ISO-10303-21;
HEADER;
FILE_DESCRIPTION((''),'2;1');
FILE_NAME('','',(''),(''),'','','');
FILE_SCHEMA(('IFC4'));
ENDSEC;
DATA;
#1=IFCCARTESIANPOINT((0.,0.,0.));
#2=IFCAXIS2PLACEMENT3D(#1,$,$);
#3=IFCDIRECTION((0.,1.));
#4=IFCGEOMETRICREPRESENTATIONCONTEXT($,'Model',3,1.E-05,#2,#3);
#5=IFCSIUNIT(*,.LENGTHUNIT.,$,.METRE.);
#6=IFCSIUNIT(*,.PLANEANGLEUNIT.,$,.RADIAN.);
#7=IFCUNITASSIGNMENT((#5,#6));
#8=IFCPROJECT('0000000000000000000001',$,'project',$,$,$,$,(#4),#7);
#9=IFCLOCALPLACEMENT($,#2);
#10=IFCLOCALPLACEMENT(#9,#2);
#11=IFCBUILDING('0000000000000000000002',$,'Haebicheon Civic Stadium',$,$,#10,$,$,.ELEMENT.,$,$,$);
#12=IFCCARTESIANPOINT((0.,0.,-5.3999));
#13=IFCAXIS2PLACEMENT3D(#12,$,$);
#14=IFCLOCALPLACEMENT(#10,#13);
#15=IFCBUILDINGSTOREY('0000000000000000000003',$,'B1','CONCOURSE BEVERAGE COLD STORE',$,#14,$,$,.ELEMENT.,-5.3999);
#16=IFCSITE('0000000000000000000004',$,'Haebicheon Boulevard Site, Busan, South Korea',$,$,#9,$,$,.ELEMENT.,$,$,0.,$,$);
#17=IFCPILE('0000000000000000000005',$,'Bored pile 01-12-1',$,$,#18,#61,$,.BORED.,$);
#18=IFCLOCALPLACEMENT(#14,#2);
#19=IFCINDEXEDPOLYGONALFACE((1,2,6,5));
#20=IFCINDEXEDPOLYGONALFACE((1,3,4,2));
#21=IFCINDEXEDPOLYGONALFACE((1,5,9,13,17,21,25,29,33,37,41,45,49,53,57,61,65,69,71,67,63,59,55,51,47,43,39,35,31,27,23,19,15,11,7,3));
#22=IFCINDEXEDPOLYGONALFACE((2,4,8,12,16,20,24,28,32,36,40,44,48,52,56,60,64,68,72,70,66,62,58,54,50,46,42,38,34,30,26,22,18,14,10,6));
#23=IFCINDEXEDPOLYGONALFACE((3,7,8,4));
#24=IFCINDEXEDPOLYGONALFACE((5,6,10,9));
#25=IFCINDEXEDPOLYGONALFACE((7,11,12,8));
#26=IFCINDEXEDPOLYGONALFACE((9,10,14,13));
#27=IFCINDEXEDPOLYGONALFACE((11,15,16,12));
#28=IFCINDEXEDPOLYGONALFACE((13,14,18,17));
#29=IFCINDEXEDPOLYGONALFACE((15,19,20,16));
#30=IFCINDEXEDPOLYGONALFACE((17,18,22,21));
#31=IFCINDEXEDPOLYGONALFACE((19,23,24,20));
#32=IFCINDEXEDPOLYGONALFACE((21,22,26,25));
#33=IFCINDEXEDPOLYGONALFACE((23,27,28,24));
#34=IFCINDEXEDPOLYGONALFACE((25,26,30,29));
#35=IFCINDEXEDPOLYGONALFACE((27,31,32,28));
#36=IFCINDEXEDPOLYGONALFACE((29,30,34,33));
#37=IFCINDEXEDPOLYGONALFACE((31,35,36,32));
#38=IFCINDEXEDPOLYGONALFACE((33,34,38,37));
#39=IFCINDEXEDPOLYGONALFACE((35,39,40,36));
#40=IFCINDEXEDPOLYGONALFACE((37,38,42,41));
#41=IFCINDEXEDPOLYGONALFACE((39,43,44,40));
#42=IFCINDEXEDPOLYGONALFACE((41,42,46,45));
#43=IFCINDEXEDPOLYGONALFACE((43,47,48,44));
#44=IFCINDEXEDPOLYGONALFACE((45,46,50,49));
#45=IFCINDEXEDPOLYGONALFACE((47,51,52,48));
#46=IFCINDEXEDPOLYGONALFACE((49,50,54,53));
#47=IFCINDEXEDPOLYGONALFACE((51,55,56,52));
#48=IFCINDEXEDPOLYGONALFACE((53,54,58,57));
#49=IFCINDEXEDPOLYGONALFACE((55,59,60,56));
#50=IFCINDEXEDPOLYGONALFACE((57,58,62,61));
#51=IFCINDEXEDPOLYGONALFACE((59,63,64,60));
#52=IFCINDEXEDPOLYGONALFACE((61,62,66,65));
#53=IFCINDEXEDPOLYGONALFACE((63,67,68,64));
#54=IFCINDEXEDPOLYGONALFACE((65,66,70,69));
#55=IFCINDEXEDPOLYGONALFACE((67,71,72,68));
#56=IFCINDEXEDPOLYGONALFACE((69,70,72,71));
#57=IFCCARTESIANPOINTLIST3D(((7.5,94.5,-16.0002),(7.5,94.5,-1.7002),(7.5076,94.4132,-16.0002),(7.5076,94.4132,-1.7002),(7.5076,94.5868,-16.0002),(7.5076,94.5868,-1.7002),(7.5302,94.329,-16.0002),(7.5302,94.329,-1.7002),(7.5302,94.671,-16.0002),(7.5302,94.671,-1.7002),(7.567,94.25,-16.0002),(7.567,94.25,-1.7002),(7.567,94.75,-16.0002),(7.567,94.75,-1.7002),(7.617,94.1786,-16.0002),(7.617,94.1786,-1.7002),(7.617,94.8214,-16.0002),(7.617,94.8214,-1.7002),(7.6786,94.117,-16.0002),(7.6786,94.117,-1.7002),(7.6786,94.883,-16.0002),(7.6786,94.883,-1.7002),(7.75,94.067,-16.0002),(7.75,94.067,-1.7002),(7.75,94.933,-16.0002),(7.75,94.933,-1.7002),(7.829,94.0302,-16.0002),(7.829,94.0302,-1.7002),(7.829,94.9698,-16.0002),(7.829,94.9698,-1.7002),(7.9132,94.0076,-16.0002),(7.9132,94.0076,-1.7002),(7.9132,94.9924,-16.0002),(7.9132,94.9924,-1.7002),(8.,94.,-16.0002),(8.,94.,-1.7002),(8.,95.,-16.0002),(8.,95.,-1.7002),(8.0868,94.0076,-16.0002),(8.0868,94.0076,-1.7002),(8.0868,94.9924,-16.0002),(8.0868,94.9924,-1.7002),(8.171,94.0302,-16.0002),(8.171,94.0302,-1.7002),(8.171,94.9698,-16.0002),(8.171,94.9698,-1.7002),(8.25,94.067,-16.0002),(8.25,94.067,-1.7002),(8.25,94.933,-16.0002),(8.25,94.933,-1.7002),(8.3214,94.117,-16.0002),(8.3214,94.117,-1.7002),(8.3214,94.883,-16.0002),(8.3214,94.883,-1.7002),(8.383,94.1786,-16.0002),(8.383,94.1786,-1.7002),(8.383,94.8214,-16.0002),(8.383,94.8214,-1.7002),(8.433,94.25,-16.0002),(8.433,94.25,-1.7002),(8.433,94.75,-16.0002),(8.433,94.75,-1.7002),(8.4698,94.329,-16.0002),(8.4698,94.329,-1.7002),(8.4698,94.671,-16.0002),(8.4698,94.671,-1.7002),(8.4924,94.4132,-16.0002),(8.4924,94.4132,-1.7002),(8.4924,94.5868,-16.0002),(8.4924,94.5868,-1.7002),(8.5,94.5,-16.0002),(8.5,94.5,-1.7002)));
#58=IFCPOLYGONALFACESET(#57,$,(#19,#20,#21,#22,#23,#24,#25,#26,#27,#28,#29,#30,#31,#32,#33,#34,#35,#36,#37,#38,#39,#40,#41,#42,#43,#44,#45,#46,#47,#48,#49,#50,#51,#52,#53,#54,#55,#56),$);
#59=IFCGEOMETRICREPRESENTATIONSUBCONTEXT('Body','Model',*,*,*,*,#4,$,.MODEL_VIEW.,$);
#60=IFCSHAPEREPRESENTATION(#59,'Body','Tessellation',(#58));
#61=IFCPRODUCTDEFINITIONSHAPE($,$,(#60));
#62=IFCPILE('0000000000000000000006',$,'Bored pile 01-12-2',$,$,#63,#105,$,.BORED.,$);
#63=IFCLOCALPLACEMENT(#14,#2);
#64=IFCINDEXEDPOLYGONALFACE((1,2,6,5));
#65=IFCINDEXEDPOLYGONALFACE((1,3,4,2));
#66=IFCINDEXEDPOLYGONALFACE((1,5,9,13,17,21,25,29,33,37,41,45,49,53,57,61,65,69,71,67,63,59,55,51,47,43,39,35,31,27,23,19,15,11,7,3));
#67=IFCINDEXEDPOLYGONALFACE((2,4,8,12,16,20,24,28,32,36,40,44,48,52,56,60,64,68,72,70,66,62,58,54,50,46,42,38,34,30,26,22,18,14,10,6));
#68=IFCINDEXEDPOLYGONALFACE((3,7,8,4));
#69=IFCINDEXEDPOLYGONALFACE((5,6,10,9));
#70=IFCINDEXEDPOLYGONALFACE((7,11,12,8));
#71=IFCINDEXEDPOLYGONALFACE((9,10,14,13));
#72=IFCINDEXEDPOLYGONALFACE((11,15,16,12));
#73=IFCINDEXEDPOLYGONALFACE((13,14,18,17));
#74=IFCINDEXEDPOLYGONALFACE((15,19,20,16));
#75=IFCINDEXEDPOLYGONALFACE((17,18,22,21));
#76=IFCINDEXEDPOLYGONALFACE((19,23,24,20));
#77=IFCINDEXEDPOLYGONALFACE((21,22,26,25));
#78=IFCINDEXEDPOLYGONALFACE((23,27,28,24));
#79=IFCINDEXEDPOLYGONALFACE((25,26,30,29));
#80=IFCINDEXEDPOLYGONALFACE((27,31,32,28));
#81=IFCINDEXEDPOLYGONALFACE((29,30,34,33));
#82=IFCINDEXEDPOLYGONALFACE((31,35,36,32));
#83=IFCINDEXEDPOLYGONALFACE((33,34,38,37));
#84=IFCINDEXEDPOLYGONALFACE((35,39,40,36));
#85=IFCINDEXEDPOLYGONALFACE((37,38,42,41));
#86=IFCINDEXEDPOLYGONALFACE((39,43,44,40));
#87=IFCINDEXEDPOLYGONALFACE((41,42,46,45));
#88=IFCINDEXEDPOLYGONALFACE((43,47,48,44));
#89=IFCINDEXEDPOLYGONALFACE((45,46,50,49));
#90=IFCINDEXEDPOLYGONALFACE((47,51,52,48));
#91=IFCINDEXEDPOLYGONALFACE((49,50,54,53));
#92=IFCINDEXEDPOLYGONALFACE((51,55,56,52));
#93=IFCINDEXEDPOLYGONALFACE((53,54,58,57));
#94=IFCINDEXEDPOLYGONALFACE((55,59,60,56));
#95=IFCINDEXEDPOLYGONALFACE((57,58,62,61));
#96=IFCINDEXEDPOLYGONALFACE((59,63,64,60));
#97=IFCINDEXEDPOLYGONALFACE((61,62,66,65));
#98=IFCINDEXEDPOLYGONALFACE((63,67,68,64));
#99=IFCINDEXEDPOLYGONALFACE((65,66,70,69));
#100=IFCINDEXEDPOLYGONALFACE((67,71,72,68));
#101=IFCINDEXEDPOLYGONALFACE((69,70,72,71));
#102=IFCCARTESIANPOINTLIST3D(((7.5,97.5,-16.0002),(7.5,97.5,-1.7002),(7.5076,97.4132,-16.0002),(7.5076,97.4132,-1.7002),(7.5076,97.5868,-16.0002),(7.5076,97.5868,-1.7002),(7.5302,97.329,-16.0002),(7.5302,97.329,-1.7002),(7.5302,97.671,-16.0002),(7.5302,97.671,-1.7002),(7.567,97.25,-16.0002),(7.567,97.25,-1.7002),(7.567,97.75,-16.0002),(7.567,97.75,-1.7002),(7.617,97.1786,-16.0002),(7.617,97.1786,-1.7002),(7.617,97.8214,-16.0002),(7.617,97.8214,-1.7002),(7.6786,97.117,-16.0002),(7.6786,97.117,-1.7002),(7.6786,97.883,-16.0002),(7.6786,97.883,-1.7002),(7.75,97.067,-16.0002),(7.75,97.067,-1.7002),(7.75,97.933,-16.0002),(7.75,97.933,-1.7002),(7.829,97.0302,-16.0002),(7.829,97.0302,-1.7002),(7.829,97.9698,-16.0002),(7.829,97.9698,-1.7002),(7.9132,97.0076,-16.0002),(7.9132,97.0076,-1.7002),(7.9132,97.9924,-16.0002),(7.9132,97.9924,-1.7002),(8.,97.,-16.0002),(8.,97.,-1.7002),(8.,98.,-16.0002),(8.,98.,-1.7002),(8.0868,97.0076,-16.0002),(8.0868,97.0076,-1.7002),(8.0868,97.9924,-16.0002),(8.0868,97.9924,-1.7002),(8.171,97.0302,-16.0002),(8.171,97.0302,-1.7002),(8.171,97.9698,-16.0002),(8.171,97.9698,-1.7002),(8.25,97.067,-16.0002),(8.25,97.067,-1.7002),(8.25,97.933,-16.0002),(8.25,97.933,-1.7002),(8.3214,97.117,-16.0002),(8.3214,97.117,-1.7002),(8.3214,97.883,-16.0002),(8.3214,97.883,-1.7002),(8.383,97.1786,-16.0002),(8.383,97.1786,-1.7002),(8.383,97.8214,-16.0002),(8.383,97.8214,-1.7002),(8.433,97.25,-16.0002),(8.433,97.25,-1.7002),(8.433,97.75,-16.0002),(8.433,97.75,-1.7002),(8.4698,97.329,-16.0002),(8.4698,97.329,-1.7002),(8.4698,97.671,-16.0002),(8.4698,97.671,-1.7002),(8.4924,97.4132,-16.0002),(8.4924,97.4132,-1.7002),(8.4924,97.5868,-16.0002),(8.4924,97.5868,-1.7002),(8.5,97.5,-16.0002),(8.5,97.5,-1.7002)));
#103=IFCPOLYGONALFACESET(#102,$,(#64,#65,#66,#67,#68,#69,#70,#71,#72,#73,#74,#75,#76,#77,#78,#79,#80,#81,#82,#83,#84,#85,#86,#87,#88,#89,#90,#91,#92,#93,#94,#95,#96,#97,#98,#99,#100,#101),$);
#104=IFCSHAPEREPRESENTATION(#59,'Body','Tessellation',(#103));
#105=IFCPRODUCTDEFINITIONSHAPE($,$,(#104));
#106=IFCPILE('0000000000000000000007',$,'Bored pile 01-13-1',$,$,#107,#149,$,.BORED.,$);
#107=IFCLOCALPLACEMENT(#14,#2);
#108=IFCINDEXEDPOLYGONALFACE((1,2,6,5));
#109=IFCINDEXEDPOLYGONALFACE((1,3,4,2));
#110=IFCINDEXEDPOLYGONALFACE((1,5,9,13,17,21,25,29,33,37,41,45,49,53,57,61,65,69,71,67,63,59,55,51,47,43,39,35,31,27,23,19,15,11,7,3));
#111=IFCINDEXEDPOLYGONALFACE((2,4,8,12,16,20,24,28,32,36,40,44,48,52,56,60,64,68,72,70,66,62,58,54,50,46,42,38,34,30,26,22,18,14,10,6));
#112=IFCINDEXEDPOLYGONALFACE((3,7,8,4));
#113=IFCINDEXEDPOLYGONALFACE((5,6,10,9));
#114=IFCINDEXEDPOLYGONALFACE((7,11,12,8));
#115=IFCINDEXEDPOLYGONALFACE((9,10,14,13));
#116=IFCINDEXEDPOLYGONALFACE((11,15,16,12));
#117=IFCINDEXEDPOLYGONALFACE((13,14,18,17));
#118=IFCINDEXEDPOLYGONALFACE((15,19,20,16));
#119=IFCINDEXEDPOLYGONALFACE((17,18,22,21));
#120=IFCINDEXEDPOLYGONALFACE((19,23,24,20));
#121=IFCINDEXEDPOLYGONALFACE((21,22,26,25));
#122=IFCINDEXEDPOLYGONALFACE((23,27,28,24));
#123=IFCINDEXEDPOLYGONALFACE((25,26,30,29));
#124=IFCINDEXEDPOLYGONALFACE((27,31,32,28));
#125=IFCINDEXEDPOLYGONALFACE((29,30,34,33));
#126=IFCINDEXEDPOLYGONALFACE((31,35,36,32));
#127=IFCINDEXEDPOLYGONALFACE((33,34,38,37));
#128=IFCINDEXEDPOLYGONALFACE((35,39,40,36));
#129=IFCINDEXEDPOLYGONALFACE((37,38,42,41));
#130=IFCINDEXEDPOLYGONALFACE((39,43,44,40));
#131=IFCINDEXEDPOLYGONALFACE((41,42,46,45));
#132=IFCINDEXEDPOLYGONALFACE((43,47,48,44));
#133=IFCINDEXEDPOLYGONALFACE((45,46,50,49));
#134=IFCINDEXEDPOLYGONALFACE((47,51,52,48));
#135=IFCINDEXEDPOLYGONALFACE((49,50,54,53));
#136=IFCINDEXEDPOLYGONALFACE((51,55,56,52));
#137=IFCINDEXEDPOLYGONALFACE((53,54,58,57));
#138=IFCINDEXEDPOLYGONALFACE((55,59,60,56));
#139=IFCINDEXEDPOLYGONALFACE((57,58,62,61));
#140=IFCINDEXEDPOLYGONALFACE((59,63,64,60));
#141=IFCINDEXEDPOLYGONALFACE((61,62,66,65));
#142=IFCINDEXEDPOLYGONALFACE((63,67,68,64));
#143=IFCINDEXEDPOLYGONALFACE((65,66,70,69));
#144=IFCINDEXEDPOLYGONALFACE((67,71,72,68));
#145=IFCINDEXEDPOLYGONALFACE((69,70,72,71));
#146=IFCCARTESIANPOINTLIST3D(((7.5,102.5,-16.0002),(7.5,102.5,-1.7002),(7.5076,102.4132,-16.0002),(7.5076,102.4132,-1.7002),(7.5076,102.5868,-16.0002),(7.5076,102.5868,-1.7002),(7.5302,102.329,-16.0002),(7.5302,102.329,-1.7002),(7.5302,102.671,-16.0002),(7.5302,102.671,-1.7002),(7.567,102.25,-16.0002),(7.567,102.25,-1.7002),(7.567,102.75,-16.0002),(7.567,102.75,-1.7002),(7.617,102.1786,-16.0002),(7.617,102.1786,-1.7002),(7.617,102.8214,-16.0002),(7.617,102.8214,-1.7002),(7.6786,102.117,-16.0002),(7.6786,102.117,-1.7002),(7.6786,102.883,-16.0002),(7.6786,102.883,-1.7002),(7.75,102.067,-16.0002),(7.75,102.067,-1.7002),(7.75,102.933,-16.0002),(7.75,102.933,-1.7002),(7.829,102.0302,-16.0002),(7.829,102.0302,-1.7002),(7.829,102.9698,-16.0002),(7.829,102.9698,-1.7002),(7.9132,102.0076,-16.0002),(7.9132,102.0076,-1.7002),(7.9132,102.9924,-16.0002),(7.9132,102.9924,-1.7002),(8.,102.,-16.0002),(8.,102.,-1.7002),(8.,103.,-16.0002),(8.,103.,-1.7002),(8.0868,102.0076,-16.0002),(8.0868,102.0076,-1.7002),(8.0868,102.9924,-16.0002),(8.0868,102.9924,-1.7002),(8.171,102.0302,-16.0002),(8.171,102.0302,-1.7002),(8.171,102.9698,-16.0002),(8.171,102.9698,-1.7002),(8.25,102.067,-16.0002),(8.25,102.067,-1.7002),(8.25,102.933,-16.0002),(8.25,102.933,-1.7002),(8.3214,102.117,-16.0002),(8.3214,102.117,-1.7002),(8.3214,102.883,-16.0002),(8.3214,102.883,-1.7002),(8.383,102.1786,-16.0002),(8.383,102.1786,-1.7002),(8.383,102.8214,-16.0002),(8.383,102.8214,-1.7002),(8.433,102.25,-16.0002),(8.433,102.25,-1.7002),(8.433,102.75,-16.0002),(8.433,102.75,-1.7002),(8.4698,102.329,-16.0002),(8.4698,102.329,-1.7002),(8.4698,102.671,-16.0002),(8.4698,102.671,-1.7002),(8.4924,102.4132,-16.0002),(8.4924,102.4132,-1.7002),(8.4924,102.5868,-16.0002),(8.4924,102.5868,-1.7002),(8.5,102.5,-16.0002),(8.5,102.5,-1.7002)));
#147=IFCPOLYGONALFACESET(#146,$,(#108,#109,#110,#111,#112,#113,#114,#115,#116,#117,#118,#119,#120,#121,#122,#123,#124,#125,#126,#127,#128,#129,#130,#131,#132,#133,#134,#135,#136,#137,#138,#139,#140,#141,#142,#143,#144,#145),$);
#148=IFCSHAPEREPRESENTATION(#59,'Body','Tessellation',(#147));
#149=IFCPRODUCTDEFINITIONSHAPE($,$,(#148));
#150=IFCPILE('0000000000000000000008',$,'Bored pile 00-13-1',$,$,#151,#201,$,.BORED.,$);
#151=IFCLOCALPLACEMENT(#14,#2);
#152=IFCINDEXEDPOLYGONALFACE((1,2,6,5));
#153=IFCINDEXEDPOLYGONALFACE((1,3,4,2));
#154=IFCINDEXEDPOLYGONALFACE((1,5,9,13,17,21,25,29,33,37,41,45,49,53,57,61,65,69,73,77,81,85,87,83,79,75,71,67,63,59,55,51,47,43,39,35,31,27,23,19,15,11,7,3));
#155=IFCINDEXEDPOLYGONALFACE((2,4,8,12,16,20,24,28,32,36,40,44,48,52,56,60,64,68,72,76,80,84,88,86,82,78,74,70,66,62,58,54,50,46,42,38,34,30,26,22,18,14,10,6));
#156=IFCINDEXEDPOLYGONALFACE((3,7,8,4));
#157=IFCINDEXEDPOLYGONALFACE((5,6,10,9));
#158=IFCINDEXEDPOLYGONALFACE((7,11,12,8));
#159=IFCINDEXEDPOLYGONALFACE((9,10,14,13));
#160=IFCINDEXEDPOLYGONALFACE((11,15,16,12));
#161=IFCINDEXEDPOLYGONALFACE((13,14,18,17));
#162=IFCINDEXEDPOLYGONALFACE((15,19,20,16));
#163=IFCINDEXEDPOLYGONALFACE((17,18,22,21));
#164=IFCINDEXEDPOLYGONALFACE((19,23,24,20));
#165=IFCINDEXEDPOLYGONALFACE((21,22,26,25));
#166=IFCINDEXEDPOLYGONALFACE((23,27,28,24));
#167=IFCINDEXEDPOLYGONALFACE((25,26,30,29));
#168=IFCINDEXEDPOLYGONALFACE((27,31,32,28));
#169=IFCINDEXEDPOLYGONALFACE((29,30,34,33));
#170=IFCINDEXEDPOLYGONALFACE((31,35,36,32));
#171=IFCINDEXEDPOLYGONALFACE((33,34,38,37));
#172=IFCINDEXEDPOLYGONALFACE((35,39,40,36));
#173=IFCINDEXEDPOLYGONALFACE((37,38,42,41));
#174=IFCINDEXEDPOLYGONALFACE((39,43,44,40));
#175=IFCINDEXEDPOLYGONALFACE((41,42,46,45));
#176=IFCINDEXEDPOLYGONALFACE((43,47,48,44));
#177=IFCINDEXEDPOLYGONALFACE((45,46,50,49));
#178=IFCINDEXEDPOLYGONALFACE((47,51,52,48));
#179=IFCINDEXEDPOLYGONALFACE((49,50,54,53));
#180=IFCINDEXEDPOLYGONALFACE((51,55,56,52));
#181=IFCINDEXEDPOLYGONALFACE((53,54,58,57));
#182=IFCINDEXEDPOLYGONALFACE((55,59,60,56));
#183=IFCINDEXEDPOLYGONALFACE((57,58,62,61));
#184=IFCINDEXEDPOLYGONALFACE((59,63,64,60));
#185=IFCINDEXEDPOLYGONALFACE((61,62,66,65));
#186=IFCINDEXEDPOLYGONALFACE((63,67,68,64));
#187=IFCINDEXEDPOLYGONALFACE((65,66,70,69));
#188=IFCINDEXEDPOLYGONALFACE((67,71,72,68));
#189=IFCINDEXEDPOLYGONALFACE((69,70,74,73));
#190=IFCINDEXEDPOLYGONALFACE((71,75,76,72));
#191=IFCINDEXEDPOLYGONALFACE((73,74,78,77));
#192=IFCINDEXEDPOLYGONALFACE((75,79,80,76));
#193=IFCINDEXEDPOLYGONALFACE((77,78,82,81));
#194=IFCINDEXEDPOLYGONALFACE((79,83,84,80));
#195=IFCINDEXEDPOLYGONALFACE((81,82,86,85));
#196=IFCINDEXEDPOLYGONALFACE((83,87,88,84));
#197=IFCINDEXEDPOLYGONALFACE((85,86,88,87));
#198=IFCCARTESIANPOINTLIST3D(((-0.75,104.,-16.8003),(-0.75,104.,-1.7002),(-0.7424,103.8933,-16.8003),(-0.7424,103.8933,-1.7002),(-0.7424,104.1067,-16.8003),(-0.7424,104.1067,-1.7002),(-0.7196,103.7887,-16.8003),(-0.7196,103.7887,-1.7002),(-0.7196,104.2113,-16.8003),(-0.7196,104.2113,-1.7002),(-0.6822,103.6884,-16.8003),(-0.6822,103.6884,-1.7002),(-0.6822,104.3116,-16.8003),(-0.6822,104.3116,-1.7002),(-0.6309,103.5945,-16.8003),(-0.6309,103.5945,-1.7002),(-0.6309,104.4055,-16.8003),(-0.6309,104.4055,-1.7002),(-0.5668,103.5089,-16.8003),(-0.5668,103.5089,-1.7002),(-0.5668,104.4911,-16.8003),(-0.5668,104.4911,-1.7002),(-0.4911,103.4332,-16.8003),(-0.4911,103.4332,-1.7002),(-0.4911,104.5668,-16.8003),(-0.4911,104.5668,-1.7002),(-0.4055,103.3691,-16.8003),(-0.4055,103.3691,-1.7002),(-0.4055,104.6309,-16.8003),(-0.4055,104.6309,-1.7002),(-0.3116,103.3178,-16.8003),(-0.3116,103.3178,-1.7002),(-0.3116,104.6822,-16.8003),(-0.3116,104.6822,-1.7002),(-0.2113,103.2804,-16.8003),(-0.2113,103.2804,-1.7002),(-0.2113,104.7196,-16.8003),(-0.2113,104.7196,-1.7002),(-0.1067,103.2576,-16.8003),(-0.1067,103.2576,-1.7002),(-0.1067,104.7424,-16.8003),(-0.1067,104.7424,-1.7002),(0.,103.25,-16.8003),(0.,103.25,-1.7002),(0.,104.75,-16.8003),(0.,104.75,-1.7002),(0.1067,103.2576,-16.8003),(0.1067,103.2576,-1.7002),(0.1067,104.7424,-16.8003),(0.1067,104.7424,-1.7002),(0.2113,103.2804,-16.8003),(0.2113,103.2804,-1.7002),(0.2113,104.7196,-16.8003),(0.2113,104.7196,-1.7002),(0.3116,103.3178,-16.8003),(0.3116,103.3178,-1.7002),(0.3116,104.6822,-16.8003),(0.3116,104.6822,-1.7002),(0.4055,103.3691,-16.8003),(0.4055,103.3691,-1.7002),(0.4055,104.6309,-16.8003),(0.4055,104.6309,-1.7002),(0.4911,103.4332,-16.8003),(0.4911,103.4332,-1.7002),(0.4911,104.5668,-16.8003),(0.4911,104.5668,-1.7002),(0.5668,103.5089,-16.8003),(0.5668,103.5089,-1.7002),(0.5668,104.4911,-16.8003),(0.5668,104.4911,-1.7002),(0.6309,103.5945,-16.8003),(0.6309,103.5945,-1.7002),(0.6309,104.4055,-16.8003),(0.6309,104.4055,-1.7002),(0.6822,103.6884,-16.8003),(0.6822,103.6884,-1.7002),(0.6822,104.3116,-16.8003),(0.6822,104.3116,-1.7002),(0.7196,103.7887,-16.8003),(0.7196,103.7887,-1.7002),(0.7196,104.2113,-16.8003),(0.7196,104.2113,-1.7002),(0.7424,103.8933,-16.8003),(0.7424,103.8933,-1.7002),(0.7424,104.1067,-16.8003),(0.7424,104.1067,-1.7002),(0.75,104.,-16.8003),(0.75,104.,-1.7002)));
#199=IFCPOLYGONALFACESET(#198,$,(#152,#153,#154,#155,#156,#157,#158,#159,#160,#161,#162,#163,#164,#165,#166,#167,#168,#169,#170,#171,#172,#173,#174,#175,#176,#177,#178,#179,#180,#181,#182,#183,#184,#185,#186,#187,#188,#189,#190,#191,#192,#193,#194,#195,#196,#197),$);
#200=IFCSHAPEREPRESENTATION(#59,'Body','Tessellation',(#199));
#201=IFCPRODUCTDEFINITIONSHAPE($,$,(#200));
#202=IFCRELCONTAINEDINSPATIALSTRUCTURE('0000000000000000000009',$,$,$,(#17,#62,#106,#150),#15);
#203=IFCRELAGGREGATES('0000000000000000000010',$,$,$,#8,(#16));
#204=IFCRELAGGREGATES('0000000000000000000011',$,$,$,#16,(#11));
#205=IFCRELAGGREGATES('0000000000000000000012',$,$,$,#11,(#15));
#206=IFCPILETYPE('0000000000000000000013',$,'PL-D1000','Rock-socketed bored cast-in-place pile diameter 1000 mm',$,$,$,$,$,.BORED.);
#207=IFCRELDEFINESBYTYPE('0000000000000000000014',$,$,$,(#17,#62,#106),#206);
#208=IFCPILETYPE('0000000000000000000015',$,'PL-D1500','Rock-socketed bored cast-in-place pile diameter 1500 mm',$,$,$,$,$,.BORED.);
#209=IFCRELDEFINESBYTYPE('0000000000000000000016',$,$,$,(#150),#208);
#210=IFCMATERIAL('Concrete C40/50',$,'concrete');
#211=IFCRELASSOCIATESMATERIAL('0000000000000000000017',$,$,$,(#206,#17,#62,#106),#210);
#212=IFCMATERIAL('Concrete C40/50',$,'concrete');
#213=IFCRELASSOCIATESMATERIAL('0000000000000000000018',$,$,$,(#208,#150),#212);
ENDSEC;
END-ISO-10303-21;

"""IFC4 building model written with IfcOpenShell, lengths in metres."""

from ifc_helpers import new_model, si_unit, direction, frame, origin, origin_2d, place, context, subcontext, project, spatial, circle, extrude, material, material_profile, profile_set, type_object, element, save


model = new_model("IFC4")

# Units and contexts
model_context = context("Model", 3, precision=1e-05, world=origin(), true_north=direction((0.0, 1.0)))
body_context = subcontext(model_context, "Body", "Model", "MODEL_VIEW")
ifc_project = project(units=[si_unit("LENGTHUNIT", "METRE"), si_unit("PLANEANGLEUNIT", "RADIAN")], contexts=[model_context])

# Site, building, storey
site_placement = place(None, origin())
site = spatial("IfcSite", under=ifc_project, at=site_placement, Name="Haebicheon Boulevard Site, Busan, South Korea", CompositionType="ELEMENT", RefElevation=0.0)
building_placement = place(site_placement, origin())
building = spatial("IfcBuilding", under=site, at=building_placement, Name="Haebicheon Civic Stadium", CompositionType="ELEMENT")
storey_placement = place(building_placement, frame((0.0, 0.0, -5.3999)))
storey = spatial("IfcBuildingStorey", under=building, at=storey_placement, Name="B1", Description="CONCOURSE BEVERAGE COLD STORE", CompositionType="ELEMENT", Elevation=-5.3999)

# Piles
ifc_material_1 = material(Name="Concrete C40/50", Category="concrete")
ifc_material_profile_1 = material_profile(ifc_material_1, circle(Radius=0.5, at=origin_2d()), Name="PILE-D1000")
ifc_profile_set_1 = profile_set([ifc_material_profile_1], Name="Concrete C40/50")
pile_type_1 = type_object("IfcPileType", Name="PL-D1000", Description="Rock-socketed bored cast-in-place pile diameter 1000 mm", PredefinedType="BORED", material=ifc_profile_set_1)
for number, where, z_axis, x_axis, name in (
    (1, (8.0, 94.5, -1.7002), (0.0, 0.0, -1.0), (1.0, 0.0, 0.0), "Bored pile 01-12-1"),
    (2, (8.0, 97.5, -1.7002), (0.0, 0.0, -1.0), (1.0, 0.0, 0.0), "Bored pile 01-12-2"),
    (3, (8.0, 102.5, -1.7002), (0.0, 0.0, -1.0), (1.0, 0.0, 0.0), "Bored pile 01-13-1"),
):
    element("IfcPile", number, at=place(storey_placement, frame(where, z_axis=z_axis, x_axis=x_axis)), inside=storey, type_object=pile_type_1, material=ifc_profile_set_1, Name=name, PredefinedType="BORED", context=body_context, shape_type="SweptSolid", body=[
        extrude(circle(Radius=0.5, at=origin_2d()), origin(), (0.0, 0.0, 1.0), 14.3),
    ])
ifc_material_2 = material(Name="Concrete C40/50", Category="concrete")
ifc_material_profile_2 = material_profile(ifc_material_2, circle(Radius=0.75, at=origin_2d()), Name="PILE-D1500")
ifc_profile_set_2 = profile_set([ifc_material_profile_2], Name="Concrete C40/50")
pile_type_2 = type_object("IfcPileType", Name="PL-D1500", Description="Rock-socketed bored cast-in-place pile diameter 1500 mm", PredefinedType="BORED", material=ifc_profile_set_2)
pile_placement = place(storey_placement, frame((0.0, 104.0, -1.7002), z_axis=(0.0, 0.0, -1.0), x_axis=(1.0, 0.0, 0.0)))
element("IfcPile", 4, at=pile_placement, inside=storey, type_object=pile_type_2, material=ifc_profile_set_2, Name="Bored pile 00-13-1", PredefinedType="BORED", context=body_context, shape_type="SweptSolid", body=[
    extrude(circle(Radius=0.75, at=origin_2d()), origin(), (0.0, 0.0, 1.0), 15.1001),
])

save(model, "model.ifc")
